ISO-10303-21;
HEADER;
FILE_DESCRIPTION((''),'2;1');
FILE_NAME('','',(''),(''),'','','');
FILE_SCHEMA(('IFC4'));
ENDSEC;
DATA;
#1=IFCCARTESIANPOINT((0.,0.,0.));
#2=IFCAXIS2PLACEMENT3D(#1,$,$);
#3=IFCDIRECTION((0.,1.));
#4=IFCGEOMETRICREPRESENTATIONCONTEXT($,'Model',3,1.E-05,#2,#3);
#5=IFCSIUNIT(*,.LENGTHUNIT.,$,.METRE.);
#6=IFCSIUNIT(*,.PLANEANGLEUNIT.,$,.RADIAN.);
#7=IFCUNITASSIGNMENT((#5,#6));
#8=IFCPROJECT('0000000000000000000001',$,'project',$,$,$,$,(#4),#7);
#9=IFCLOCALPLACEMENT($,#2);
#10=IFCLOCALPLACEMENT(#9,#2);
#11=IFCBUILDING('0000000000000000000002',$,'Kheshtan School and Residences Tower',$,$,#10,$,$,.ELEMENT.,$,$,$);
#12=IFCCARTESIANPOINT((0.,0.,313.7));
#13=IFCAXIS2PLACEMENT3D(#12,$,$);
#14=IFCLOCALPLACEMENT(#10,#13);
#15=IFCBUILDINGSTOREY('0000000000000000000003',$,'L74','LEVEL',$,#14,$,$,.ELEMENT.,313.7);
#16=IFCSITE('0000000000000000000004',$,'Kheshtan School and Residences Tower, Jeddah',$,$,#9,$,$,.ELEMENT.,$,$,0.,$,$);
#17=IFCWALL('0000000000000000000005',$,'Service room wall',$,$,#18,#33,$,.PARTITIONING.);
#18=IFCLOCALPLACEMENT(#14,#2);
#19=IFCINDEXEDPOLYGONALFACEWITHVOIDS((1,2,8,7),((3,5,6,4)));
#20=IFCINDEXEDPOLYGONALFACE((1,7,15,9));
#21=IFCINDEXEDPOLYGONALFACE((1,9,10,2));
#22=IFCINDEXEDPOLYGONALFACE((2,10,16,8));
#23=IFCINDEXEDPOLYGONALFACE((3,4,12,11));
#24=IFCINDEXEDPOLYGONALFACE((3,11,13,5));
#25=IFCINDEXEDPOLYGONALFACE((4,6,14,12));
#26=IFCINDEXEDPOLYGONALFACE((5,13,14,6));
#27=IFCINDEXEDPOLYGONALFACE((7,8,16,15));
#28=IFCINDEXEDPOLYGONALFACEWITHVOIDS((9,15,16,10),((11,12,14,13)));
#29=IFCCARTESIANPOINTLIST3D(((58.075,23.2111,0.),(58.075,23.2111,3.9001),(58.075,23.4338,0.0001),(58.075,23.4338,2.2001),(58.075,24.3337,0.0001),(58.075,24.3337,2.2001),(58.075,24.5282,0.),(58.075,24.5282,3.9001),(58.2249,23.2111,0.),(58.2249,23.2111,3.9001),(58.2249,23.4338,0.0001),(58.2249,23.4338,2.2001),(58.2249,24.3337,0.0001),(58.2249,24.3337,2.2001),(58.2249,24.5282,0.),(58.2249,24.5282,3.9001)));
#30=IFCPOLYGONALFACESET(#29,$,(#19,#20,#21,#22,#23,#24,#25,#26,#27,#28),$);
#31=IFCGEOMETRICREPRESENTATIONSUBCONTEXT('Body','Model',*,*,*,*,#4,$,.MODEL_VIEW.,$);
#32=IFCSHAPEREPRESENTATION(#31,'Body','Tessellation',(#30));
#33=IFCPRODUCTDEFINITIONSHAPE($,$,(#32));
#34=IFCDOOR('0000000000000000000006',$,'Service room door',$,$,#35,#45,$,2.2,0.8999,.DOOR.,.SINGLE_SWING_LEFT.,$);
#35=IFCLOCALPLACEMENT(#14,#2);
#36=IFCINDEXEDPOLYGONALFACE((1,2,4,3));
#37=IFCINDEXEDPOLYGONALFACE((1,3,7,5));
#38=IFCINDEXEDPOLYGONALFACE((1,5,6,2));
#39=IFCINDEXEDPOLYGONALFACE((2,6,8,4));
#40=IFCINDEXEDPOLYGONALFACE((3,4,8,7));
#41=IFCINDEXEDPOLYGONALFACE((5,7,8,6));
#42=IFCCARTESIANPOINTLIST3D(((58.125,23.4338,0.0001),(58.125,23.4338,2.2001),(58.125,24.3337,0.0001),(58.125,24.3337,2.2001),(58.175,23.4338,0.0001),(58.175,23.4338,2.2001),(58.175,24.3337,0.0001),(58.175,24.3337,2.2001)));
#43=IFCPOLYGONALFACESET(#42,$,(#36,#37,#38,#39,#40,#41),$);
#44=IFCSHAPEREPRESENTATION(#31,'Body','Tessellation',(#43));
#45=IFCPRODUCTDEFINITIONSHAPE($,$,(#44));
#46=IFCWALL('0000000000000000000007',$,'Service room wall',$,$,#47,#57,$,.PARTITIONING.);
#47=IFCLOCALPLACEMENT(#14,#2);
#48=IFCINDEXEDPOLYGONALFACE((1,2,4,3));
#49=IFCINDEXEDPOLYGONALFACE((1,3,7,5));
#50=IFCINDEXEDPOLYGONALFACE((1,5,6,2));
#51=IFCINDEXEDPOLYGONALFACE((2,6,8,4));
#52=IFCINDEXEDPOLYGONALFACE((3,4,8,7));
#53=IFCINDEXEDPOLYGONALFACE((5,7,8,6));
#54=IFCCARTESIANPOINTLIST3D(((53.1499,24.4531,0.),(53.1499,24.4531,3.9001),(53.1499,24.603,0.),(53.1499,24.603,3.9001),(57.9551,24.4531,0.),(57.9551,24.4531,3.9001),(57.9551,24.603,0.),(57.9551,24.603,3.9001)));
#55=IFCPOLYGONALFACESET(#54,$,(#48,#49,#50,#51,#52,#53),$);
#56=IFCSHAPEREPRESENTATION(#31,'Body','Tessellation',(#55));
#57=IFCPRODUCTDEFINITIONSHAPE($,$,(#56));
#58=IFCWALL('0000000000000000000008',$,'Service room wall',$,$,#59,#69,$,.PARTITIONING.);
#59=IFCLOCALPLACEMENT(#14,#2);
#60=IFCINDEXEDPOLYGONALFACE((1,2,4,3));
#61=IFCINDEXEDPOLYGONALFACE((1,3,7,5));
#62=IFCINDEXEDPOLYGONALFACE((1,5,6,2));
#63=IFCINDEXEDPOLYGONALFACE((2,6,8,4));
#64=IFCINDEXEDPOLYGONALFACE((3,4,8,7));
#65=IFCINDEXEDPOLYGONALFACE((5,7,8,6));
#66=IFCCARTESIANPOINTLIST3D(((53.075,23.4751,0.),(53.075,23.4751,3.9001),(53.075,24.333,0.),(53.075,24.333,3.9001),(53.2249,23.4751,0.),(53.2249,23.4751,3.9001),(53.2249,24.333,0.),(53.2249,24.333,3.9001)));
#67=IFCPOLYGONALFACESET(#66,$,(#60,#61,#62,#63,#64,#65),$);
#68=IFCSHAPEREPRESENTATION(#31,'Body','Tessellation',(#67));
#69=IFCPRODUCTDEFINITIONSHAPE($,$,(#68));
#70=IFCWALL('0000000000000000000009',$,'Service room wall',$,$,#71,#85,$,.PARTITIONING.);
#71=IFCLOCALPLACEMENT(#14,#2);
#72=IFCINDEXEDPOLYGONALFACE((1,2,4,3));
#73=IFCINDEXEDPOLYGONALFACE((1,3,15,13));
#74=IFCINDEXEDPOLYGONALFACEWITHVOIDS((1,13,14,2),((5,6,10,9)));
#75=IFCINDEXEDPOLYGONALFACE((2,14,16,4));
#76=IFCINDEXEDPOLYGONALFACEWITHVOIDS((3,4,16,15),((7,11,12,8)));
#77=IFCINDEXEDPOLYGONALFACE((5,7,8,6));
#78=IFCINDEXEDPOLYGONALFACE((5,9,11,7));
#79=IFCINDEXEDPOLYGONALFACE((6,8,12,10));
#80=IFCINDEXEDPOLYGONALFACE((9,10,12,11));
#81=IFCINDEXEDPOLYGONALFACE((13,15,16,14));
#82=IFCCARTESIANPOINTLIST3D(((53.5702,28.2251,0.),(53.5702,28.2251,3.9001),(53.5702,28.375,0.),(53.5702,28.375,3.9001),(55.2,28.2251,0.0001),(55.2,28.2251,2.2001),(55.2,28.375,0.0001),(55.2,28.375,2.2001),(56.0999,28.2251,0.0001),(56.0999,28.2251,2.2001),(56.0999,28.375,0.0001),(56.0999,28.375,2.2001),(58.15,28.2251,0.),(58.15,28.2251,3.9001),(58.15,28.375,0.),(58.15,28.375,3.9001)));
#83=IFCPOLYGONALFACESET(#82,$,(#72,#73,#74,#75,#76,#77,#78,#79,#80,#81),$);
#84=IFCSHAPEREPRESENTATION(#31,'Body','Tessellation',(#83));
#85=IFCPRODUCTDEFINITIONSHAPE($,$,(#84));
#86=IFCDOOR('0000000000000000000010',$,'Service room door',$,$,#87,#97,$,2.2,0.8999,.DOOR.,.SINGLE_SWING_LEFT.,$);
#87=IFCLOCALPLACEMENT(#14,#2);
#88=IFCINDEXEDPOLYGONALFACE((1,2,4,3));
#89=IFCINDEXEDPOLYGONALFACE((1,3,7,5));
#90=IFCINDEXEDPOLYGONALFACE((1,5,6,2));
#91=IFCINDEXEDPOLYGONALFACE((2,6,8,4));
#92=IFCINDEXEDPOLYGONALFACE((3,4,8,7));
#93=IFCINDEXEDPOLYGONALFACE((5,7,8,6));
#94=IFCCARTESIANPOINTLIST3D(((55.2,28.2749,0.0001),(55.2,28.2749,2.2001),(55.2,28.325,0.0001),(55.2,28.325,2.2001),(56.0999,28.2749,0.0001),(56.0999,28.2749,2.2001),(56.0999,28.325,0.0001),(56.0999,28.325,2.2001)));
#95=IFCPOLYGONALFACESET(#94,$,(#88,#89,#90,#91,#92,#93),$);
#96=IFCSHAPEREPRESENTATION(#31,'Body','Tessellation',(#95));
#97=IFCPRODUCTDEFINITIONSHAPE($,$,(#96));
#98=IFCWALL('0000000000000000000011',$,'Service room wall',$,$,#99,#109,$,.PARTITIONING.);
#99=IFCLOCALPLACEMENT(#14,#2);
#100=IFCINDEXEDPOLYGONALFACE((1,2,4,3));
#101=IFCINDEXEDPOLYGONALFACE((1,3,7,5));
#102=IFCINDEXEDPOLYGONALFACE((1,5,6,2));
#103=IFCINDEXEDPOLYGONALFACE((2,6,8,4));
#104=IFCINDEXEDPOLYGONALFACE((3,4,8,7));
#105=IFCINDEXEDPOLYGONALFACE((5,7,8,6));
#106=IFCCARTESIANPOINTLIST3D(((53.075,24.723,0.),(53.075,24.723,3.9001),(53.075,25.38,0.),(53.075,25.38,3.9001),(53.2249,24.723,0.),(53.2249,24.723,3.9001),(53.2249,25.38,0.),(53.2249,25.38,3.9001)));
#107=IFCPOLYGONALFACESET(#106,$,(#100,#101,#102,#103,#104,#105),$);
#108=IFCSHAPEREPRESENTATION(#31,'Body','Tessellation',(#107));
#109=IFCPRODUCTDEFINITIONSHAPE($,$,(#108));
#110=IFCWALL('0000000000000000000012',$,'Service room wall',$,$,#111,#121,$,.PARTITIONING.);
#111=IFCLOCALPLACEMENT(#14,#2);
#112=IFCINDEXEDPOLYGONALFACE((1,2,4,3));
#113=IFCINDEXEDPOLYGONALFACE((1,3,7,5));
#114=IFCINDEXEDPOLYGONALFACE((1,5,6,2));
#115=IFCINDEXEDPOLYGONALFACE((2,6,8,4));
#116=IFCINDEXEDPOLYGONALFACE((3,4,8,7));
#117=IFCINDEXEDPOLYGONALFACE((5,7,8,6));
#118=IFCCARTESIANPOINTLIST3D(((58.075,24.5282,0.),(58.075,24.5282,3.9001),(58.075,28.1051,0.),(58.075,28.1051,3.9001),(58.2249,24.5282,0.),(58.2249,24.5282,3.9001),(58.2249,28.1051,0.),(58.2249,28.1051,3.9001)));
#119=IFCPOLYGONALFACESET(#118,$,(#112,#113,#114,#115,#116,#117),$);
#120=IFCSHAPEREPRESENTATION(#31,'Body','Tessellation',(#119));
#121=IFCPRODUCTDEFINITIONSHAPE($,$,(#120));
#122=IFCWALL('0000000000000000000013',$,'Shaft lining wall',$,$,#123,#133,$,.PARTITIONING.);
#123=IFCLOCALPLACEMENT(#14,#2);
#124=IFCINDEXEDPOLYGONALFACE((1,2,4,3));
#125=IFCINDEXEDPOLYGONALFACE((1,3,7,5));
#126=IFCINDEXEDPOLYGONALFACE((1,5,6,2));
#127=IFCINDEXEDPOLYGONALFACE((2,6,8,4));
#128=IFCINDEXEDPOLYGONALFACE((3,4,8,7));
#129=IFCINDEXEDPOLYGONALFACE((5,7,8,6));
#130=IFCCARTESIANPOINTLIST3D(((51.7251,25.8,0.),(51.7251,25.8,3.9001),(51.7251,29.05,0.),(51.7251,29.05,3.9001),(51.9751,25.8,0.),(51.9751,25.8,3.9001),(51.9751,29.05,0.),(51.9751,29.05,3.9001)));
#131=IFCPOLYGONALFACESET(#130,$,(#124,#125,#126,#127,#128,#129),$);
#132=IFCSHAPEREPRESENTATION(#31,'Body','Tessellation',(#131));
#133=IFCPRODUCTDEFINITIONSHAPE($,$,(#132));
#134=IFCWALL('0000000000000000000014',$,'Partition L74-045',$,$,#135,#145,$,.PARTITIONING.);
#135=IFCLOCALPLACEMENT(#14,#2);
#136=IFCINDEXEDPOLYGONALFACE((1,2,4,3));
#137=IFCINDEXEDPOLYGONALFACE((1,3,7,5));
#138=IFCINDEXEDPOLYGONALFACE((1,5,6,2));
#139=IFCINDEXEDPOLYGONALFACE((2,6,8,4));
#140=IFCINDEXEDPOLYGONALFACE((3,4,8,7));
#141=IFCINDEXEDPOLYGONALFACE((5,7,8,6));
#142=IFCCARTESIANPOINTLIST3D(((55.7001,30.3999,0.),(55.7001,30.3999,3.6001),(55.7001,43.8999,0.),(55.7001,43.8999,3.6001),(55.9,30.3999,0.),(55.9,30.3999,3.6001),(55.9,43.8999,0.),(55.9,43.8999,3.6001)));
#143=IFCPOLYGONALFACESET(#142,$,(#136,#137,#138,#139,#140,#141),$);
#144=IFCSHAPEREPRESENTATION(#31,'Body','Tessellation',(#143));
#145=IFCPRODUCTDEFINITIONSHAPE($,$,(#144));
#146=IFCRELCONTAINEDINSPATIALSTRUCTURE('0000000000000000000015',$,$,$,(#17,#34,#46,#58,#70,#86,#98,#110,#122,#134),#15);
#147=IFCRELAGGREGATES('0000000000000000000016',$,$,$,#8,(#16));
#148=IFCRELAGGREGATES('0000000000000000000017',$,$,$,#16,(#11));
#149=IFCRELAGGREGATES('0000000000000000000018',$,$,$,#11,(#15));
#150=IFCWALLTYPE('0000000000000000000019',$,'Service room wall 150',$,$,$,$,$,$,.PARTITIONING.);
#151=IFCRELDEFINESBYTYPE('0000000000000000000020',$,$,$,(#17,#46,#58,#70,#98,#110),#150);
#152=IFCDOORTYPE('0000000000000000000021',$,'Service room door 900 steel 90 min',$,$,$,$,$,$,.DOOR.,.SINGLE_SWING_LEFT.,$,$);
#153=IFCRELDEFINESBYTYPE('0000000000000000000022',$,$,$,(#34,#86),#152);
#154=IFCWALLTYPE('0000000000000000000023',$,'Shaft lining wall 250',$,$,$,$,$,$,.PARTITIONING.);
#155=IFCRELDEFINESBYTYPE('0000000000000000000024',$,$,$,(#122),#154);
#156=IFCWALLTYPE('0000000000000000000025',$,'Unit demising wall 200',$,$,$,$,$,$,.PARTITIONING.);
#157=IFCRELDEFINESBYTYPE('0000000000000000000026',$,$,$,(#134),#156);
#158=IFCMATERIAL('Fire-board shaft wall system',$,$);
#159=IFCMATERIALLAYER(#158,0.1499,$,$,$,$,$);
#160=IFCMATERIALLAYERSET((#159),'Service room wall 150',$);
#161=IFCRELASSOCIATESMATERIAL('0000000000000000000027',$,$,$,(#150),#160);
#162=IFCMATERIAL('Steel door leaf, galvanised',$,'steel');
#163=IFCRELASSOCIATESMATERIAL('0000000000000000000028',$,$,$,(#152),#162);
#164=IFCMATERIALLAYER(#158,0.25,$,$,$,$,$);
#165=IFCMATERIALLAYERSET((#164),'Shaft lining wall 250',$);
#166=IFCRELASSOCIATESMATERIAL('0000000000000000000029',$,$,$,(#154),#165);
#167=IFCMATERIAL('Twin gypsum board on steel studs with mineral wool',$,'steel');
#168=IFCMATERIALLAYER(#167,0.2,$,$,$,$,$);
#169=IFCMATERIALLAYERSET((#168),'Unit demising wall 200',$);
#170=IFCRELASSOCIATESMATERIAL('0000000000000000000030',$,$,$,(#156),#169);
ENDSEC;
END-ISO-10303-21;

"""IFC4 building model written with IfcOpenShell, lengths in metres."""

from ifc_helpers import new_model, si_unit, direction, frame, frame_2d, origin, place, context, subcontext, project, spatial, rectangle, extrude, source, transform, mapped, material, layer, layer_set, type_object, element, fill, save


model = new_model("IFC4")

# Units and contexts
model_context = context("Model", 3, precision=1e-05, world=origin(), true_north=direction((0.0, 1.0)))
body_context = subcontext(model_context, "Body", "Model", "MODEL_VIEW")
ifc_project = project(units=[si_unit("LENGTHUNIT", "METRE"), si_unit("PLANEANGLEUNIT", "RADIAN")], contexts=[model_context])

# Site, building, storey
site_placement = place(None, origin())
site = spatial("IfcSite", under=ifc_project, at=site_placement, Name="Kheshtan School and Residences Tower, Jeddah", CompositionType="ELEMENT", RefElevation=0.0)
building_placement = place(site_placement, origin())
building = spatial("IfcBuilding", under=site, at=building_placement, Name="Kheshtan School and Residences Tower", CompositionType="ELEMENT")
storey_placement = place(building_placement, frame((0.0, 0.0, 313.7)))
storey = spatial("IfcBuildingStorey", under=building, at=storey_placement, Name="L74", Description="LEVEL", CompositionType="ELEMENT", Elevation=313.7)

# Shared definitions
ifc_material_1 = material(Name="Steel door leaf, galvanised", Category="steel")

# Wall, opening, door
ifc_material_2 = material(Name="Fire-board shaft wall system")
ifc_layer_1 = layer(ifc_material_2, 0.1499)
ifc_layer_set_1 = layer_set([ifc_layer_1], Name="Service room wall 150")
wall_type_1 = type_object("IfcWallType", Name="Service room wall 150", PredefinedType="PARTITIONING", material=ifc_layer_set_1)
wall_1_placement = place(storey_placement, frame((58.1499, 23.2109, 0.0), z_axis=(0.0, 0.0, 1.0), x_axis=(0.0, 1.0, 0.0)))
wall_1 = element("IfcWall", 1, at=wall_1_placement, inside=storey, type_object=wall_type_1, Name="Service room wall", PredefinedType="PARTITIONING", context=body_context, shape_type="SweptSolid", body=[
    extrude(rectangle(XDim=1.3171, YDim=0.1499, at=frame_2d((0.6587, 0.0))), origin(), (0.0, 0.0, 1.0), 3.9001),
])
opening_1_placement = place(wall_1_placement, frame((0.2229, 0.0, 0.0)))
opening_1 = element("IfcOpeningElement", 2, at=opening_1_placement, cuts=wall_1, PredefinedType="OPENING", context=body_context, shape_type="SweptSolid", body=[
    extrude(rectangle(XDim=0.8999, YDim=2.2, at=frame_2d((0.45, 1.1001))), frame((0.0, 0.085, 0.0), z_axis=(0.0, -1.0, 0.0), x_axis=(1.0, 0.0, 0.0)), (0.0, 0.0, 1.0), 0.1699),
])
door_type_1 = type_object("IfcDoorType", Name="Service room door 900 steel 90 min", OperationType="SINGLE_SWING_LEFT", PredefinedType="DOOR", material=ifc_material_1)
shared_shape_1 = source(origin(), body_context, "Body", "SweptSolid", [
    extrude(rectangle(XDim=0.8999, YDim=2.2, at=frame_2d((0.45, 1.1001))), frame((0.0, 0.0249, 0.0), z_axis=(0.0, -1.0, 0.0), x_axis=(1.0, 0.0, 0.0)), (0.0, 0.0, 1.0), 0.05),
])
door_1_placement = place(opening_1_placement, origin())
door_1 = element("IfcDoor", 3, at=door_1_placement, inside=storey, type_object=door_type_1, Name="Service room door", OperationType="SINGLE_SWING_LEFT", OverallHeight=2.2, OverallWidth=0.8999, PredefinedType="DOOR", context=body_context, shape_type="MappedRepresentation", body=[
    mapped(shared_shape_1, transform((0.0, 0.0, 0.0), x_axis=(1.0, 0.0, 0.0), y_axis=(0.0, 1.0, 0.0), z_axis=(0.0, 0.0, 1.0), scale=1.0)),
])
fill(opening_1, door_1)

# Walls
wall_2_placement = place(storey_placement, frame((53.1499, 24.5281, 0.0), z_axis=(0.0, 0.0, 1.0), x_axis=(1.0, 0.0, 0.0)))
element("IfcWall", 4, at=wall_2_placement, inside=storey, type_object=wall_type_1, Name="Service room wall", PredefinedType="PARTITIONING", context=body_context, shape_type="SweptSolid", body=[
    extrude(rectangle(XDim=4.8052, YDim=0.1499, at=frame_2d((2.4026, 0.0))), origin(), (0.0, 0.0, 1.0), 3.9001),
])
wall_3_placement = place(storey_placement, frame((53.1499, 23.4751, 0.0), z_axis=(0.0, 0.0, 1.0), x_axis=(0.0, 1.0, 0.0)))
element("IfcWall", 5, at=wall_3_placement, inside=storey, type_object=wall_type_1, Name="Service room wall", PredefinedType="PARTITIONING", context=body_context, shape_type="SweptSolid", body=[
    extrude(rectangle(XDim=0.8579, YDim=0.1499, at=frame_2d((0.429, 0.0))), origin(), (0.0, 0.0, 1.0), 3.9001),
])

# Wall, opening, door
wall_4_placement = place(storey_placement, frame((53.5701, 28.3, 0.0), z_axis=(0.0, 0.0, 1.0), x_axis=(1.0, 0.0, 0.0)))
wall_4 = element("IfcWall", 6, at=wall_4_placement, inside=storey, type_object=wall_type_1, Name="Service room wall", PredefinedType="PARTITIONING", context=body_context, shape_type="SweptSolid", body=[
    extrude(rectangle(XDim=4.5798, YDim=0.1499, at=frame_2d((2.29, 0.0))), origin(), (0.0, 0.0, 1.0), 3.9001),
])
opening_2_placement = place(wall_4_placement, frame((1.6299, 0.0, 0.0)))
opening_2 = element("IfcOpeningElement", 7, at=opening_2_placement, cuts=wall_4, PredefinedType="OPENING", context=body_context, shape_type="SweptSolid", body=[
    extrude(rectangle(XDim=0.8999, YDim=2.2, at=frame_2d((0.45, 1.1001))), frame((0.0, 0.085, 0.0), z_axis=(0.0, -1.0, 0.0), x_axis=(1.0, 0.0, 0.0)), (0.0, 0.0, 1.0), 0.1699),
])
door_2_placement = place(opening_2_placement, origin())
door_2 = element("IfcDoor", 8, at=door_2_placement, inside=storey, type_object=door_type_1, Name="Service room door", OperationType="SINGLE_SWING_LEFT", OverallHeight=2.2, OverallWidth=0.8999, PredefinedType="DOOR", context=body_context, shape_type="MappedRepresentation", body=[
    mapped(shared_shape_1, transform((0.0, 0.0, 0.0), x_axis=(1.0, 0.0, 0.0), y_axis=(0.0, 1.0, 0.0), z_axis=(0.0, 0.0, 1.0), scale=1.0)),
])
fill(opening_2, door_2)

# Walls
wall_5_placement = place(storey_placement, frame((53.1499, 24.7229, 0.0), z_axis=(0.0, 0.0, 1.0), x_axis=(0.0, 1.0, 0.0)))
element("IfcWall", 9, at=wall_5_placement, inside=storey, type_object=wall_type_1, Name="Service room wall", PredefinedType="PARTITIONING", context=body_context, shape_type="SweptSolid", body=[
    extrude(rectangle(XDim=0.657, YDim=0.1499, at=frame_2d((0.3286, 0.0))), origin(), (0.0, 0.0, 1.0), 3.9001),
])
wall_6_placement = place(storey_placement, frame((58.1499, 24.5281, 0.0), z_axis=(0.0, 0.0, 1.0), x_axis=(0.0, 1.0, 0.0)))
element("IfcWall", 10, at=wall_6_placement, inside=storey, type_object=wall_type_1, Name="Service room wall", PredefinedType="PARTITIONING", context=body_context, shape_type="SweptSolid", body=[
    extrude(rectangle(XDim=3.5769, YDim=0.1499, at=frame_2d((1.7886, 0.0))), origin(), (0.0, 0.0, 1.0), 3.9001),
])
ifc_layer_2 = layer(ifc_material_2, 0.25)
ifc_layer_set_2 = layer_set([ifc_layer_2], Name="Shaft lining wall 250")
wall_type_2 = type_object("IfcWallType", Name="Shaft lining wall 250", PredefinedType="PARTITIONING", material=ifc_layer_set_2)
wall_7_placement = place(storey_placement, frame((51.8501, 25.8, 0.0), z_axis=(0.0, 0.0, 1.0), x_axis=(0.0, 1.0, 0.0)))
element("IfcWall", 11, at=wall_7_placement, inside=storey, type_object=wall_type_2, Name="Shaft lining wall", PredefinedType="PARTITIONING", context=body_context, shape_type="SweptSolid", body=[
    extrude(rectangle(XDim=3.25, YDim=0.25, at=frame_2d((1.625, 0.0))), origin(), (0.0, 0.0, 1.0), 3.9001),
])
ifc_material_3 = material(Name="Twin gypsum board on steel studs with mineral wool", Category="steel")
ifc_layer_3 = layer(ifc_material_3, 0.2)
ifc_layer_set_3 = layer_set([ifc_layer_3], Name="Unit demising wall 200")
wall_type_3 = type_object("IfcWallType", Name="Unit demising wall 200", PredefinedType="PARTITIONING", material=ifc_layer_set_3)
wall_8_placement = place(storey_placement, frame((55.8, 30.3999, 0.0), z_axis=(0.0, 0.0, 1.0), x_axis=(0.0, 1.0, 0.0)))
element("IfcWall", 12, at=wall_8_placement, inside=storey, type_object=wall_type_3, Name="Partition L74-045", PredefinedType="PARTITIONING", context=body_context, shape_type="SweptSolid", body=[
    extrude(rectangle(XDim=13.5, YDim=0.2, at=frame_2d((6.75, 0.0))), origin(), (0.0, 0.0, 1.0), 3.6001),
])

save(model, "model.ifc")
